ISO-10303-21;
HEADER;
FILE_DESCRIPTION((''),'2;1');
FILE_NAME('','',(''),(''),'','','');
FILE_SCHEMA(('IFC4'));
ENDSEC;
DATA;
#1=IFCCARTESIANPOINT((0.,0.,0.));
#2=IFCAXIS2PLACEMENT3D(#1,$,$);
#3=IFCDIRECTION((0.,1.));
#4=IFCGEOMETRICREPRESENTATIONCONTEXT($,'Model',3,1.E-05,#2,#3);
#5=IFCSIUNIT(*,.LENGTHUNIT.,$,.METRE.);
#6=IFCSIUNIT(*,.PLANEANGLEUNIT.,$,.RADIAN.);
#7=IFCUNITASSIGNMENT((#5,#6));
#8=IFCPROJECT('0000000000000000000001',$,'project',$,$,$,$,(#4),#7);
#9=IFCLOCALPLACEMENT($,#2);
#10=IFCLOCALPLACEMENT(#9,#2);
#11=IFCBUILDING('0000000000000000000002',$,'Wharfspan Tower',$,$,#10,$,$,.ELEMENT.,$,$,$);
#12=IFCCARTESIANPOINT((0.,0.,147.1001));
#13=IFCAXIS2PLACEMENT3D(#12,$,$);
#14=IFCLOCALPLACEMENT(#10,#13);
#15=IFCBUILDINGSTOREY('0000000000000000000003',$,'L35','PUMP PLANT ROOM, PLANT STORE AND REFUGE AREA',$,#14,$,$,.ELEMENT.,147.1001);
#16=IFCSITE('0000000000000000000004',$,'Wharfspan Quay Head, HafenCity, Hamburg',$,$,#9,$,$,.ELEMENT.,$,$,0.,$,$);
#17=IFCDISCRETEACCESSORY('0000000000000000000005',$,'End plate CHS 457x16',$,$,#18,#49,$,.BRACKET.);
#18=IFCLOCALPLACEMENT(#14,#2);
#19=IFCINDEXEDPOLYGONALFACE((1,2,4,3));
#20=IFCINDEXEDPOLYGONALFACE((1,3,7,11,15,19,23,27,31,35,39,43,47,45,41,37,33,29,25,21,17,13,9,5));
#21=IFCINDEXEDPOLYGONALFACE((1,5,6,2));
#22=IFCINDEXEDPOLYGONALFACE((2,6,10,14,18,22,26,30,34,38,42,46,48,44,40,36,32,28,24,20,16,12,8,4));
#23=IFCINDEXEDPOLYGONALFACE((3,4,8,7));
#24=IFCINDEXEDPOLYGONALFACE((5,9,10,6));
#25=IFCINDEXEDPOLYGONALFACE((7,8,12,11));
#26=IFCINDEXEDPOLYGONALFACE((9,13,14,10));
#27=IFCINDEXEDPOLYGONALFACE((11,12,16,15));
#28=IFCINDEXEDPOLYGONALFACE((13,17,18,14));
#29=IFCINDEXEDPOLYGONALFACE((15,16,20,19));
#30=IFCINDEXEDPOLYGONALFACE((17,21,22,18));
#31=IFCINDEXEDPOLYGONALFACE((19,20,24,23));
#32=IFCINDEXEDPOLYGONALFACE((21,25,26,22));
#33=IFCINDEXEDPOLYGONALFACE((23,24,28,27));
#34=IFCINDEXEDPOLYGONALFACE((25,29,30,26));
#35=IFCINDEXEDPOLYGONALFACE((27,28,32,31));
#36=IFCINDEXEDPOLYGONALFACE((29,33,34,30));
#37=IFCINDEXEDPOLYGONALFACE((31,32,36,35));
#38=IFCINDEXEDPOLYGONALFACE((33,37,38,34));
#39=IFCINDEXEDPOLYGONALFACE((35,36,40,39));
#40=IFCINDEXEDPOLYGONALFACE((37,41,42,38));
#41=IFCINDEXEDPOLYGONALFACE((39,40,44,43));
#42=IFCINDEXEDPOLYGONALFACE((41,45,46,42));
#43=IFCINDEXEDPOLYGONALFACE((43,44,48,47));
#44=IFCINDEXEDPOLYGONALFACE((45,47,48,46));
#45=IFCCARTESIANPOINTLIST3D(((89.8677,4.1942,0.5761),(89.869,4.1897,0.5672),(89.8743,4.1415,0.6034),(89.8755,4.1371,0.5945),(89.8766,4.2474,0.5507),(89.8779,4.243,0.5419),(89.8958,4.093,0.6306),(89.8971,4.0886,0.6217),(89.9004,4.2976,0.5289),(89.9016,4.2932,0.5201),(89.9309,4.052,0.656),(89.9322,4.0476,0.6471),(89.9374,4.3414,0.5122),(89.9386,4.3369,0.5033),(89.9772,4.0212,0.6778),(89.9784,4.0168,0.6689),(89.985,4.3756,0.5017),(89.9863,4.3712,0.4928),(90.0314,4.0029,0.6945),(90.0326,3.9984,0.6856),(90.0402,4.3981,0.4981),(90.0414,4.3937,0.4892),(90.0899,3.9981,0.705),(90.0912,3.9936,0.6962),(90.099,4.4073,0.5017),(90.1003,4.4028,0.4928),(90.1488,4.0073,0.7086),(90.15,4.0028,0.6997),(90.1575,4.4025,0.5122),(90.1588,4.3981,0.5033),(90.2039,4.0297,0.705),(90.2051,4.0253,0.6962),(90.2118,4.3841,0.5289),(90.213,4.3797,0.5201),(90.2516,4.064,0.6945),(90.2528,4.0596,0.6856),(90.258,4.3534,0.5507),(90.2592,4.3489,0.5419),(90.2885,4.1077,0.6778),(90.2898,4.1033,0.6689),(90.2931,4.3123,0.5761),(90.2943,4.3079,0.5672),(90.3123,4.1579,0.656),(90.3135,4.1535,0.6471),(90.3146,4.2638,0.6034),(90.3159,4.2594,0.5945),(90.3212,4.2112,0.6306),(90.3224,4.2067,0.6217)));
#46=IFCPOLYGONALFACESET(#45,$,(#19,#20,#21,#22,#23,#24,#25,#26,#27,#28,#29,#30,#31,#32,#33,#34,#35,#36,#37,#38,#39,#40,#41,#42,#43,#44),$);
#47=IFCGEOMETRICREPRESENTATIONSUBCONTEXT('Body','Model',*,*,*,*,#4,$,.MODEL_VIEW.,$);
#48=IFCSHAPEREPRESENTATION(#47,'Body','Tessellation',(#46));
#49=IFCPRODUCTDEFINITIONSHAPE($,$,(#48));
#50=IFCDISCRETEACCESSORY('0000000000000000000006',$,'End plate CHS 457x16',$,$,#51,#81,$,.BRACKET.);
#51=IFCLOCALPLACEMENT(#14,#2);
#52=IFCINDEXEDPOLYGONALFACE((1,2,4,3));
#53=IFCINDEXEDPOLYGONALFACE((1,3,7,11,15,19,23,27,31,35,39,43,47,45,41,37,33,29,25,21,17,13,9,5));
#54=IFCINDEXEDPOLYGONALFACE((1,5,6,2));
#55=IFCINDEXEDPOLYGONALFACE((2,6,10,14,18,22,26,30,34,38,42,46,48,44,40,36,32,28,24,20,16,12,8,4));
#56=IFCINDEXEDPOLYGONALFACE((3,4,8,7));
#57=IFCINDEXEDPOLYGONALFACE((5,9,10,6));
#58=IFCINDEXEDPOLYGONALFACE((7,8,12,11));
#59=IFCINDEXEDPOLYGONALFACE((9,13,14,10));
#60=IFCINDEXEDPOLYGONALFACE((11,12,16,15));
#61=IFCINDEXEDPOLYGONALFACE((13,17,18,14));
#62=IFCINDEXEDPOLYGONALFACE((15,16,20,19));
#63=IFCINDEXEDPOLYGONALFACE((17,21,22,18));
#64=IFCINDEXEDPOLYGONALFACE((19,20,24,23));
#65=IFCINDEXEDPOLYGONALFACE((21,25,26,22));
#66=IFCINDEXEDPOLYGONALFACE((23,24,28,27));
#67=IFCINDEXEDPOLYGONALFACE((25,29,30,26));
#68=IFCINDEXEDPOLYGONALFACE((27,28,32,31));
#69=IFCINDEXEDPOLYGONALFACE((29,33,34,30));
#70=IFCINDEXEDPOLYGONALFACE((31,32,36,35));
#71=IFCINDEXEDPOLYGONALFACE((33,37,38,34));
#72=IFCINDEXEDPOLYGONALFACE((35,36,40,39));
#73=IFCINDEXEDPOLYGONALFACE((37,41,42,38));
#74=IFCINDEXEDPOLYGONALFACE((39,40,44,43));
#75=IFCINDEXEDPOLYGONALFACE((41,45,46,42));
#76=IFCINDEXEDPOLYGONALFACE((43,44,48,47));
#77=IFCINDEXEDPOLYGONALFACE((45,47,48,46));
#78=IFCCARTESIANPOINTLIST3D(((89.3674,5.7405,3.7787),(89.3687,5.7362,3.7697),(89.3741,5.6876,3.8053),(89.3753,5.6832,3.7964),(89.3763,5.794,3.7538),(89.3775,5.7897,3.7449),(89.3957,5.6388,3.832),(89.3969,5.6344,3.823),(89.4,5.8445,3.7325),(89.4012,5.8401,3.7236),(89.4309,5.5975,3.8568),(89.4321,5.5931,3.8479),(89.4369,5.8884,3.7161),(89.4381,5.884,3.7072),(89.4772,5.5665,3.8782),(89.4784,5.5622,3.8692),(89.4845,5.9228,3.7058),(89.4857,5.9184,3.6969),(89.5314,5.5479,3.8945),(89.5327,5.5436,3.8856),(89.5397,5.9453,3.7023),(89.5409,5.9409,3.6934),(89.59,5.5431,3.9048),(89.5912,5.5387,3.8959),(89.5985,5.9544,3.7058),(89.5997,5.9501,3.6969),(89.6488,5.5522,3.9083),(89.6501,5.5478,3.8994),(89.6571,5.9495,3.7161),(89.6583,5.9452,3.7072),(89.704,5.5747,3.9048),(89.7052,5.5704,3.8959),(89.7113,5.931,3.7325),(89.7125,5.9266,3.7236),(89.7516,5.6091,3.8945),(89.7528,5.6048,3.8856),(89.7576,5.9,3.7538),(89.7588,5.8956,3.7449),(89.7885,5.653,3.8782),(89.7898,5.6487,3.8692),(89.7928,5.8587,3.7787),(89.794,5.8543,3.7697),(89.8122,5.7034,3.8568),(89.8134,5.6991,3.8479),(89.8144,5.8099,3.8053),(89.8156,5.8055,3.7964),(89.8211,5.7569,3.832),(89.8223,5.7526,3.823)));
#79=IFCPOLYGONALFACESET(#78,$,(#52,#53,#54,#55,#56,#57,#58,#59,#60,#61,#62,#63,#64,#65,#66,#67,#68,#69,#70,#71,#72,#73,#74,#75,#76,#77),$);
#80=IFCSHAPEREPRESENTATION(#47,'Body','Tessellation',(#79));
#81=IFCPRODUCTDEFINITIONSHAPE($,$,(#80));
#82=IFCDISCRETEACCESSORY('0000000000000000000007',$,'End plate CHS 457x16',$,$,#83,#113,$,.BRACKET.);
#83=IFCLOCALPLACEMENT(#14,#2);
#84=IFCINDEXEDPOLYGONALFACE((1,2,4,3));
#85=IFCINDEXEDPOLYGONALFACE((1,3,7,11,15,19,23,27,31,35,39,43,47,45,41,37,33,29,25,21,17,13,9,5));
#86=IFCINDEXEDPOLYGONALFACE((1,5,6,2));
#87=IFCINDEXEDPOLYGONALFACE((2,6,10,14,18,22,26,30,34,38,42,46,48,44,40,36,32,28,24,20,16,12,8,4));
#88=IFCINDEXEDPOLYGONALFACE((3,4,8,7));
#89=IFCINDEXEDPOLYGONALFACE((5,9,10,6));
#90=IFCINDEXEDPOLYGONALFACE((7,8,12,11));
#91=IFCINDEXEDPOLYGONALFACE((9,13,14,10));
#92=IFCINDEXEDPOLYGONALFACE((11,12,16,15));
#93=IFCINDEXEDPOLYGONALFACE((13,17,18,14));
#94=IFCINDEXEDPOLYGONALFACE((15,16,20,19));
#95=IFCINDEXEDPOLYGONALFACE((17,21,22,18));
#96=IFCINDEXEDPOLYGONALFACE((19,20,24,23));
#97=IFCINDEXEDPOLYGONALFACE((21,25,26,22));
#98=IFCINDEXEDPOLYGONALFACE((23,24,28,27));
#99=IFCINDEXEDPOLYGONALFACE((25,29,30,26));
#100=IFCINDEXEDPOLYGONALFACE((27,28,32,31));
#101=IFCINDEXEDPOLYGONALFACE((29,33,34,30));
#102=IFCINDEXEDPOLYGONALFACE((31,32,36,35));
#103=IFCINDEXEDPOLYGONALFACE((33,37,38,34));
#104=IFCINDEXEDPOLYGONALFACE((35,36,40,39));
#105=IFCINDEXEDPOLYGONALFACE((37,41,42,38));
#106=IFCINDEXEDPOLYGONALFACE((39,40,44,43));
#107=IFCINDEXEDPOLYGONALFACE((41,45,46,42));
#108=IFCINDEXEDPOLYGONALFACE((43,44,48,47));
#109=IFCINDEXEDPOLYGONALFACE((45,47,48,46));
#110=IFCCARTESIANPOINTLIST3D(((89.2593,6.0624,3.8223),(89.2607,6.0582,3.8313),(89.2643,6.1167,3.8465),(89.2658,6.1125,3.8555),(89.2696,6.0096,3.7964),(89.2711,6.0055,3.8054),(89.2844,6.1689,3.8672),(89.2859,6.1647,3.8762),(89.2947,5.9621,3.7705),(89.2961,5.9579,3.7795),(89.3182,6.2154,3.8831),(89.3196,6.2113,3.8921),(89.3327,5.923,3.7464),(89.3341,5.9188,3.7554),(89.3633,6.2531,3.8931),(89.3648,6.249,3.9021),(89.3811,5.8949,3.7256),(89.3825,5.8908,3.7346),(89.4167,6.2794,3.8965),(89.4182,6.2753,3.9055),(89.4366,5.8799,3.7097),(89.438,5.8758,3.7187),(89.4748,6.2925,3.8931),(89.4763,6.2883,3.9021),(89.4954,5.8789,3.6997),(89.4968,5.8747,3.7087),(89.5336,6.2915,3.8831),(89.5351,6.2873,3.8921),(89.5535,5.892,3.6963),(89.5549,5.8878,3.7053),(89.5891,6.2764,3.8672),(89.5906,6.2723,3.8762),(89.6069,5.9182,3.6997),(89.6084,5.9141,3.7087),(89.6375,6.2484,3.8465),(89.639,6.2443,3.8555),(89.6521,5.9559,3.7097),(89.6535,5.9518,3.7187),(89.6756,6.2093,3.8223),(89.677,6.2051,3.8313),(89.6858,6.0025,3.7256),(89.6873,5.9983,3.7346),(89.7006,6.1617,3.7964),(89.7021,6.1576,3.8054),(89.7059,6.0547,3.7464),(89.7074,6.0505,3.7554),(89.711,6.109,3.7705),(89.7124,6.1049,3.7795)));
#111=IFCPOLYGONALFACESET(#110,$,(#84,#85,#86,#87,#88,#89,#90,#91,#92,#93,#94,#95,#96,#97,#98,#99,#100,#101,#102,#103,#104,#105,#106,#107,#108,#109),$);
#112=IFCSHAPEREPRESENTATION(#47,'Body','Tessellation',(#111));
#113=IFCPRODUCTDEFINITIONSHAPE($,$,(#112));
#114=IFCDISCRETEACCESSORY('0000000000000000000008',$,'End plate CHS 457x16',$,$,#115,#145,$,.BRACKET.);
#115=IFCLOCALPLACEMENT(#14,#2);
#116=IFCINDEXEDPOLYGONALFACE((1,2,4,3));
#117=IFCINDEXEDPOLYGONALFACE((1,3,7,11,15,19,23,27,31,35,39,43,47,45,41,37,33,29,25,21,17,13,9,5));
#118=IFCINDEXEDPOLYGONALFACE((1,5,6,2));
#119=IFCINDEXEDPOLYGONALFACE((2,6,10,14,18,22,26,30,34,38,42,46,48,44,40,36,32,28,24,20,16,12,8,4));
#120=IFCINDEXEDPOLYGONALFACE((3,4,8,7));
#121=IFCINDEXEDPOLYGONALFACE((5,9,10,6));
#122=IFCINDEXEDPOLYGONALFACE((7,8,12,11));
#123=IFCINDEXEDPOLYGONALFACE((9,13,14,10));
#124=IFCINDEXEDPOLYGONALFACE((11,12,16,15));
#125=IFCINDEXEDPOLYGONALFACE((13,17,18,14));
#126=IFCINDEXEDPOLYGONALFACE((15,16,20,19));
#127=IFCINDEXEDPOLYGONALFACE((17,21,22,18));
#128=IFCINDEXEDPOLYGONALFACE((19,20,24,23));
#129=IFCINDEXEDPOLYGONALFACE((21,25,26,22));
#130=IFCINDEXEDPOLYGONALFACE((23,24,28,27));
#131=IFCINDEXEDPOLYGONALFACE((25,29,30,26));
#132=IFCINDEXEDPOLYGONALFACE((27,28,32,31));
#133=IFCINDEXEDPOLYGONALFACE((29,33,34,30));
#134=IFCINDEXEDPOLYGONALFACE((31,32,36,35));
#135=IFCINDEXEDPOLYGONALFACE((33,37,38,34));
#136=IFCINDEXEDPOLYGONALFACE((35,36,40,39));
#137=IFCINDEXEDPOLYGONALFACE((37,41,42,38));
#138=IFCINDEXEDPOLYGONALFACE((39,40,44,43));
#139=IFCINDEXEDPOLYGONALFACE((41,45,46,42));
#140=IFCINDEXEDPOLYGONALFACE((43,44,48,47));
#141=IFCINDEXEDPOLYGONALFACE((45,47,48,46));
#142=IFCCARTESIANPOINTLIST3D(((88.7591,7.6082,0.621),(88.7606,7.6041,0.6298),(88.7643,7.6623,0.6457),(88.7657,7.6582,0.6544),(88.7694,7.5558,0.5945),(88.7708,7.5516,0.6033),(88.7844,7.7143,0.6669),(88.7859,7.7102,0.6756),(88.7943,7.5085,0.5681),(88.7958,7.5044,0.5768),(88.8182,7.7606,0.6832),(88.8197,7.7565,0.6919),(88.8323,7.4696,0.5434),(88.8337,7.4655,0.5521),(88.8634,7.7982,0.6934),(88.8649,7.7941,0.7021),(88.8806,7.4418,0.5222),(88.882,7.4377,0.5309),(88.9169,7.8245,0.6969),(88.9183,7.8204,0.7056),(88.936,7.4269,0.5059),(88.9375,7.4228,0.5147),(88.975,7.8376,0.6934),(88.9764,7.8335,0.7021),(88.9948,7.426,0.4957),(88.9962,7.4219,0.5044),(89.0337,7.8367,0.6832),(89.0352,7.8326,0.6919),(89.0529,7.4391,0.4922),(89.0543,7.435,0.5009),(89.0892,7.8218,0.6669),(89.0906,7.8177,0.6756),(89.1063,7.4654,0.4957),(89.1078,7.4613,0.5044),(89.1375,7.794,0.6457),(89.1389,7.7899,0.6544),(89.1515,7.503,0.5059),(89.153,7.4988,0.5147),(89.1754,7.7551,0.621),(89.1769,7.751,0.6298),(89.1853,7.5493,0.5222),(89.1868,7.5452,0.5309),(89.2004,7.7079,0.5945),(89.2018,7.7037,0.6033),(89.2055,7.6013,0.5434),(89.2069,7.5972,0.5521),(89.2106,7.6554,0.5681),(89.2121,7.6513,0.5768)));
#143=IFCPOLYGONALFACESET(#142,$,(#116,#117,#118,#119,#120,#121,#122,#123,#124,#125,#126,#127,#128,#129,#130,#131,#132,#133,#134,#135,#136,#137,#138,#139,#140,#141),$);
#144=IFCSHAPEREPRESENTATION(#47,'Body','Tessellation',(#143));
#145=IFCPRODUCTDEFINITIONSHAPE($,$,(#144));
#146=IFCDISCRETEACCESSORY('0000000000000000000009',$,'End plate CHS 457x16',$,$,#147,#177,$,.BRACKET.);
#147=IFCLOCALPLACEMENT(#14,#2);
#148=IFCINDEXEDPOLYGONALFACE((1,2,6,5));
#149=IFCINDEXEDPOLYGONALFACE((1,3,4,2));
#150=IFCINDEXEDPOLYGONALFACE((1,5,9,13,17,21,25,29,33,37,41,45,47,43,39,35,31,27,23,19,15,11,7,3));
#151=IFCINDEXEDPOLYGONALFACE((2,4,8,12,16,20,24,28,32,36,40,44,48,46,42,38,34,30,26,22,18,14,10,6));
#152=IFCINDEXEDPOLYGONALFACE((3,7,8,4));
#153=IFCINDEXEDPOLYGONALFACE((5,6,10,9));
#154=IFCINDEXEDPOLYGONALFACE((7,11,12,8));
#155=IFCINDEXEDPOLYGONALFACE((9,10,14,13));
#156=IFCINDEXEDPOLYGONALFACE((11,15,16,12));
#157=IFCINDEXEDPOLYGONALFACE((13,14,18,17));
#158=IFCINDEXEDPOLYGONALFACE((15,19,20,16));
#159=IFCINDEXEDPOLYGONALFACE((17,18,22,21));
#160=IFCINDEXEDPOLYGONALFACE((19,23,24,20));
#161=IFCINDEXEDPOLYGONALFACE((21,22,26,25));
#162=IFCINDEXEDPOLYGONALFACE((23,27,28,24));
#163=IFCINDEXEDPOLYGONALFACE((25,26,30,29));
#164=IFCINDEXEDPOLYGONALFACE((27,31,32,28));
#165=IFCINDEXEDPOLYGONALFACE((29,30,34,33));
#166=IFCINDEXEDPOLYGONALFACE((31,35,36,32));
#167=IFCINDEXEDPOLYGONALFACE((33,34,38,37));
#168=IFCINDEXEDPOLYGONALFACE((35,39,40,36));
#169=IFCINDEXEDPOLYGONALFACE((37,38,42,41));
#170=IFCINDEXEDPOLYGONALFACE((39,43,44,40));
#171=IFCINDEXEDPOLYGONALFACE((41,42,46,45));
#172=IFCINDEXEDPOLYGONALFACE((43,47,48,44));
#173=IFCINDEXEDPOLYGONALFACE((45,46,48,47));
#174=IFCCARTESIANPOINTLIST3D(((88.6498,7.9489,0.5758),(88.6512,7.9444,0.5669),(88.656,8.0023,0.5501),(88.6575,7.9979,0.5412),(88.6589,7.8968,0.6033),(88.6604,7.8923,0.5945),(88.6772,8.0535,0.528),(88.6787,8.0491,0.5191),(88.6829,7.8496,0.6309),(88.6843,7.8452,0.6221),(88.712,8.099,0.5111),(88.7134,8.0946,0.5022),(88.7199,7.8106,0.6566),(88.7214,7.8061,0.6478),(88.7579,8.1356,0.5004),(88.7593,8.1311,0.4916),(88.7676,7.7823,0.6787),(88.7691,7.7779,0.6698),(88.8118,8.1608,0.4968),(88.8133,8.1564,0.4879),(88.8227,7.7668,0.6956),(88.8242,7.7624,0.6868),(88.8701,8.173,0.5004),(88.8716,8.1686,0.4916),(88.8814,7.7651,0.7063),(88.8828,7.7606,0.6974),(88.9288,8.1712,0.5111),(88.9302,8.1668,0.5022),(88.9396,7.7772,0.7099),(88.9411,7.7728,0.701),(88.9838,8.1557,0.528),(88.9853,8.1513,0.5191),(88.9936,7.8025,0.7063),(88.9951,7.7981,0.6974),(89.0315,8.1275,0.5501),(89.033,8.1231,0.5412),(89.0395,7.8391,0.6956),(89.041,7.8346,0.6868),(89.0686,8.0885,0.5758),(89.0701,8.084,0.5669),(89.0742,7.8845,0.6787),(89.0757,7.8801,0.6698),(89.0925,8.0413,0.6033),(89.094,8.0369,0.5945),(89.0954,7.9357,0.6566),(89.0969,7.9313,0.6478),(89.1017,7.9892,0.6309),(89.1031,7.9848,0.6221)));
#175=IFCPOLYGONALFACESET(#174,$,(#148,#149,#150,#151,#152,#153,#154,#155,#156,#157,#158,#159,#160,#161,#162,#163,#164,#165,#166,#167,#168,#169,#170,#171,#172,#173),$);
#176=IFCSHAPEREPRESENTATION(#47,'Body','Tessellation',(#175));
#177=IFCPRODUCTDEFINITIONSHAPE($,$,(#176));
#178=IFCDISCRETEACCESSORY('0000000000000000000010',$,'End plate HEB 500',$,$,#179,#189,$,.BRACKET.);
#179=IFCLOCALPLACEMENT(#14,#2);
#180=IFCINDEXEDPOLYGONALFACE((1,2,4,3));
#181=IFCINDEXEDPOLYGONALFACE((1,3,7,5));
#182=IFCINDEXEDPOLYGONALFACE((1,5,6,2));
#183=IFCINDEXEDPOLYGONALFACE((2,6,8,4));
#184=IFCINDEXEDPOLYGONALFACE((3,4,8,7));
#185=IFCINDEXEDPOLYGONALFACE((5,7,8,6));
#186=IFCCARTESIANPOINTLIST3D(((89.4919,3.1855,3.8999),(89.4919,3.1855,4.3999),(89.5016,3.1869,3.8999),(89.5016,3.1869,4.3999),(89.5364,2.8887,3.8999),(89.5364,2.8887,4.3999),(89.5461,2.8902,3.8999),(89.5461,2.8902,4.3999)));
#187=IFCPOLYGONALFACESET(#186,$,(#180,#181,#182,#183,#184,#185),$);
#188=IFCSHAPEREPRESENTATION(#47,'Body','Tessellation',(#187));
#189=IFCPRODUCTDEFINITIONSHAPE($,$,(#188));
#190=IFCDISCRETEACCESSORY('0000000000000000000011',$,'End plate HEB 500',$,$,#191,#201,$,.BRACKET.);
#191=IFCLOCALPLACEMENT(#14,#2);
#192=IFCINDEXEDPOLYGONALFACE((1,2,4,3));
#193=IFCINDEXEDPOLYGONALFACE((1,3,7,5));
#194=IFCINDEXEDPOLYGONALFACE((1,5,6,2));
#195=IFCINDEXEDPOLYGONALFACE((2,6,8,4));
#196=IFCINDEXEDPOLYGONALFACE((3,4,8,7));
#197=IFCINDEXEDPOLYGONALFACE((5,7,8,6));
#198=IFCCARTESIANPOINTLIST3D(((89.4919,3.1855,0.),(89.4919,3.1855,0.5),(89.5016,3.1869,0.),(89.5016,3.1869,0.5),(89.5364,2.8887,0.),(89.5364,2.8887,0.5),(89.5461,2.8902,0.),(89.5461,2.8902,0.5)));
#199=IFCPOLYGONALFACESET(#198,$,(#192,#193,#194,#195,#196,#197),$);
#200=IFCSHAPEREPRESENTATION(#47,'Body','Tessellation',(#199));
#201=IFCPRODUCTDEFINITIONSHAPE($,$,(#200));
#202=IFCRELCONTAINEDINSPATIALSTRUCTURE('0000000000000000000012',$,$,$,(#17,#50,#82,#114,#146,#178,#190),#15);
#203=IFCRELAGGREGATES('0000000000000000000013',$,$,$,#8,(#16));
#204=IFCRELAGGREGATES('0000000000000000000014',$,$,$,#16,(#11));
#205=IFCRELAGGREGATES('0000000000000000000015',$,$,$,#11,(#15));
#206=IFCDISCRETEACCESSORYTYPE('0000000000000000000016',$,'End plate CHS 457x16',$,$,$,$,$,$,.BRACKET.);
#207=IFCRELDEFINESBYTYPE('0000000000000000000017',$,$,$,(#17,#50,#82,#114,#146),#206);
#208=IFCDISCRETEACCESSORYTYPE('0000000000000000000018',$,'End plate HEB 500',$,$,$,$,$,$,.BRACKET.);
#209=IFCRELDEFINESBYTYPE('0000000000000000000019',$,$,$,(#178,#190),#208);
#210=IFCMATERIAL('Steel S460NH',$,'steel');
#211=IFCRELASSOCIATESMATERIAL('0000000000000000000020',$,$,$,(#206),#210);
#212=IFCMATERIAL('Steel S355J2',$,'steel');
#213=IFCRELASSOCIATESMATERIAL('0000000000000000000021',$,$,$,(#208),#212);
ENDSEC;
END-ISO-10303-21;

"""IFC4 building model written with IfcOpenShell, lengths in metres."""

from ifc_helpers import new_model, si_unit, direction, frame, origin, origin_2d, place, context, subcontext, project, spatial, rectangle, circle, extrude, material, material_profile, profile_set, type_object, element, save


model = new_model("IFC4")

# Units and contexts
model_context = context("Model", 3, precision=1e-05, world=origin(), true_north=direction((0.0, 1.0)))
body_context = subcontext(model_context, "Body", "Model", "MODEL_VIEW")
ifc_project = project(units=[si_unit("LENGTHUNIT", "METRE"), si_unit("PLANEANGLEUNIT", "RADIAN")], contexts=[model_context])

# Site, building, storey
site_placement = place(None, origin())
site = spatial("IfcSite", under=ifc_project, at=site_placement, Name="Wharfspan Quay Head, HafenCity, Hamburg", CompositionType="ELEMENT", RefElevation=0.0)
building_placement = place(site_placement, origin())
building = spatial("IfcBuilding", under=site, at=building_placement, Name="Wharfspan Tower", CompositionType="ELEMENT")
storey_placement = place(building_placement, frame((0.0, 0.0, 147.1001)))
storey = spatial("IfcBuildingStorey", under=building, at=storey_placement, Name="L35", Description="PUMP PLANT ROOM, PLANT STORE AND REFUGE AREA", CompositionType="ELEMENT", Elevation=147.1001)

# Shared definitions
ifc_material_1 = material(Name="Steel S355J2", Category="steel")

# Shared definitions
ifc_material_2 = material(Name="Steel S460NH", Category="steel")

# Discrete accessories
ifc_material_profile_1 = material_profile(ifc_material_2, circle(Radius=0.2285, at=origin_2d()))
ifc_profile_set_1 = profile_set([ifc_material_profile_1], Name="Steel S460NH")
discrete_accessory_type_1 = type_object("IfcDiscreteAccessoryType", Name="End plate CHS 457x16", PredefinedType="BRACKET", material=ifc_profile_set_1)
for number, where, z_axis, x_axis, name in (
    (1, (90.0957, 4.1982, 0.5945), (-0.123278, 0.443802, 0.887605), (-0.963521, -0.267644, 0.0), "End plate CHS 457x16"),
    (2, (89.5955, 5.7444, 3.7964), (-0.120631, 0.434271, 0.892668), (-0.963517, -0.267644, 0.0), "End plate CHS 457x16"),
    (3, (89.4866, 6.0815, 3.8054), (-0.145779, 0.41304, -0.89897), (-0.942986, -0.332819, 0.0), "End plate CHS 457x16"),
):
    element("IfcDiscreteAccessory", number, at=place(storey_placement, frame(where, z_axis=z_axis, x_axis=x_axis)), inside=storey, type_object=discrete_accessory_type_1, Name=name, PredefinedType="BRACKET", context=body_context, shape_type="SweptSolid", body=[
        extrude(circle(Radius=0.2285, at=origin_2d()), origin(), (0.0, 0.0, 1.0), 0.01),
    ])
discrete_accessory_1_placement = place(storey_placement, frame((88.9863, 7.6277, 0.6033), z_axis=(-0.149025, 0.422238, -0.894151), x_axis=(-0.942994, -0.332821, 0.0)))
element("IfcDiscreteAccessory", 4, at=discrete_accessory_1_placement, inside=storey, type_object=discrete_accessory_type_1, Name="End plate CHS 457x16", PredefinedType="BRACKET", context=body_context, shape_type="SweptSolid", body=[
    extrude(circle(Radius=0.2285, at=origin_2d()), origin(), (0.0, 0.0, 1.0), 0.0098),
])
discrete_accessory_2_placement = place(storey_placement, frame((88.8772, 7.9646, 0.5945), z_axis=(-0.147442, 0.442326, 0.884652), x_axis=(-0.948684, -0.316228, 0.0)))
element("IfcDiscreteAccessory", 5, at=discrete_accessory_2_placement, inside=storey, type_object=discrete_accessory_type_1, Name="End plate CHS 457x16", PredefinedType="BRACKET", context=body_context, shape_type="SweptSolid", body=[
    extrude(circle(Radius=0.2285, at=origin_2d()), origin(), (0.0, 0.0, 1.0), 0.01),
])
ifc_material_profile_2 = material_profile(ifc_material_1, rectangle(XDim=0.3, YDim=0.5, at=origin_2d()))
ifc_profile_set_2 = profile_set([ifc_material_profile_2], Name="Steel S355J2")
discrete_accessory_type_2 = type_object("IfcDiscreteAccessoryType", Name="End plate HEB 500", PredefinedType="BRACKET", material=ifc_profile_set_2)
for number, where, z_axis, x_axis, name in (
    (6, (89.5142, 3.0371, 4.1499), (0.988936, 0.14834, 0.0), (-0.14834, 0.988936, 0.0), "End plate HEB 500"),
    (7, (89.5142, 3.0371, 0.25), (0.988936, 0.14834, 0.0), (-0.14834, 0.988936, 0.0), "End plate HEB 500"),
):
    element("IfcDiscreteAccessory", number, at=place(storey_placement, frame(where, z_axis=z_axis, x_axis=x_axis)), inside=storey, type_object=discrete_accessory_type_2, Name=name, PredefinedType="BRACKET", context=body_context, shape_type="SweptSolid", body=[
        extrude(rectangle(XDim=0.3, YDim=0.5, at=origin_2d()), origin(), (0.0, 0.0, 1.0), 0.0098),
    ])

save(model, "model.ifc")
